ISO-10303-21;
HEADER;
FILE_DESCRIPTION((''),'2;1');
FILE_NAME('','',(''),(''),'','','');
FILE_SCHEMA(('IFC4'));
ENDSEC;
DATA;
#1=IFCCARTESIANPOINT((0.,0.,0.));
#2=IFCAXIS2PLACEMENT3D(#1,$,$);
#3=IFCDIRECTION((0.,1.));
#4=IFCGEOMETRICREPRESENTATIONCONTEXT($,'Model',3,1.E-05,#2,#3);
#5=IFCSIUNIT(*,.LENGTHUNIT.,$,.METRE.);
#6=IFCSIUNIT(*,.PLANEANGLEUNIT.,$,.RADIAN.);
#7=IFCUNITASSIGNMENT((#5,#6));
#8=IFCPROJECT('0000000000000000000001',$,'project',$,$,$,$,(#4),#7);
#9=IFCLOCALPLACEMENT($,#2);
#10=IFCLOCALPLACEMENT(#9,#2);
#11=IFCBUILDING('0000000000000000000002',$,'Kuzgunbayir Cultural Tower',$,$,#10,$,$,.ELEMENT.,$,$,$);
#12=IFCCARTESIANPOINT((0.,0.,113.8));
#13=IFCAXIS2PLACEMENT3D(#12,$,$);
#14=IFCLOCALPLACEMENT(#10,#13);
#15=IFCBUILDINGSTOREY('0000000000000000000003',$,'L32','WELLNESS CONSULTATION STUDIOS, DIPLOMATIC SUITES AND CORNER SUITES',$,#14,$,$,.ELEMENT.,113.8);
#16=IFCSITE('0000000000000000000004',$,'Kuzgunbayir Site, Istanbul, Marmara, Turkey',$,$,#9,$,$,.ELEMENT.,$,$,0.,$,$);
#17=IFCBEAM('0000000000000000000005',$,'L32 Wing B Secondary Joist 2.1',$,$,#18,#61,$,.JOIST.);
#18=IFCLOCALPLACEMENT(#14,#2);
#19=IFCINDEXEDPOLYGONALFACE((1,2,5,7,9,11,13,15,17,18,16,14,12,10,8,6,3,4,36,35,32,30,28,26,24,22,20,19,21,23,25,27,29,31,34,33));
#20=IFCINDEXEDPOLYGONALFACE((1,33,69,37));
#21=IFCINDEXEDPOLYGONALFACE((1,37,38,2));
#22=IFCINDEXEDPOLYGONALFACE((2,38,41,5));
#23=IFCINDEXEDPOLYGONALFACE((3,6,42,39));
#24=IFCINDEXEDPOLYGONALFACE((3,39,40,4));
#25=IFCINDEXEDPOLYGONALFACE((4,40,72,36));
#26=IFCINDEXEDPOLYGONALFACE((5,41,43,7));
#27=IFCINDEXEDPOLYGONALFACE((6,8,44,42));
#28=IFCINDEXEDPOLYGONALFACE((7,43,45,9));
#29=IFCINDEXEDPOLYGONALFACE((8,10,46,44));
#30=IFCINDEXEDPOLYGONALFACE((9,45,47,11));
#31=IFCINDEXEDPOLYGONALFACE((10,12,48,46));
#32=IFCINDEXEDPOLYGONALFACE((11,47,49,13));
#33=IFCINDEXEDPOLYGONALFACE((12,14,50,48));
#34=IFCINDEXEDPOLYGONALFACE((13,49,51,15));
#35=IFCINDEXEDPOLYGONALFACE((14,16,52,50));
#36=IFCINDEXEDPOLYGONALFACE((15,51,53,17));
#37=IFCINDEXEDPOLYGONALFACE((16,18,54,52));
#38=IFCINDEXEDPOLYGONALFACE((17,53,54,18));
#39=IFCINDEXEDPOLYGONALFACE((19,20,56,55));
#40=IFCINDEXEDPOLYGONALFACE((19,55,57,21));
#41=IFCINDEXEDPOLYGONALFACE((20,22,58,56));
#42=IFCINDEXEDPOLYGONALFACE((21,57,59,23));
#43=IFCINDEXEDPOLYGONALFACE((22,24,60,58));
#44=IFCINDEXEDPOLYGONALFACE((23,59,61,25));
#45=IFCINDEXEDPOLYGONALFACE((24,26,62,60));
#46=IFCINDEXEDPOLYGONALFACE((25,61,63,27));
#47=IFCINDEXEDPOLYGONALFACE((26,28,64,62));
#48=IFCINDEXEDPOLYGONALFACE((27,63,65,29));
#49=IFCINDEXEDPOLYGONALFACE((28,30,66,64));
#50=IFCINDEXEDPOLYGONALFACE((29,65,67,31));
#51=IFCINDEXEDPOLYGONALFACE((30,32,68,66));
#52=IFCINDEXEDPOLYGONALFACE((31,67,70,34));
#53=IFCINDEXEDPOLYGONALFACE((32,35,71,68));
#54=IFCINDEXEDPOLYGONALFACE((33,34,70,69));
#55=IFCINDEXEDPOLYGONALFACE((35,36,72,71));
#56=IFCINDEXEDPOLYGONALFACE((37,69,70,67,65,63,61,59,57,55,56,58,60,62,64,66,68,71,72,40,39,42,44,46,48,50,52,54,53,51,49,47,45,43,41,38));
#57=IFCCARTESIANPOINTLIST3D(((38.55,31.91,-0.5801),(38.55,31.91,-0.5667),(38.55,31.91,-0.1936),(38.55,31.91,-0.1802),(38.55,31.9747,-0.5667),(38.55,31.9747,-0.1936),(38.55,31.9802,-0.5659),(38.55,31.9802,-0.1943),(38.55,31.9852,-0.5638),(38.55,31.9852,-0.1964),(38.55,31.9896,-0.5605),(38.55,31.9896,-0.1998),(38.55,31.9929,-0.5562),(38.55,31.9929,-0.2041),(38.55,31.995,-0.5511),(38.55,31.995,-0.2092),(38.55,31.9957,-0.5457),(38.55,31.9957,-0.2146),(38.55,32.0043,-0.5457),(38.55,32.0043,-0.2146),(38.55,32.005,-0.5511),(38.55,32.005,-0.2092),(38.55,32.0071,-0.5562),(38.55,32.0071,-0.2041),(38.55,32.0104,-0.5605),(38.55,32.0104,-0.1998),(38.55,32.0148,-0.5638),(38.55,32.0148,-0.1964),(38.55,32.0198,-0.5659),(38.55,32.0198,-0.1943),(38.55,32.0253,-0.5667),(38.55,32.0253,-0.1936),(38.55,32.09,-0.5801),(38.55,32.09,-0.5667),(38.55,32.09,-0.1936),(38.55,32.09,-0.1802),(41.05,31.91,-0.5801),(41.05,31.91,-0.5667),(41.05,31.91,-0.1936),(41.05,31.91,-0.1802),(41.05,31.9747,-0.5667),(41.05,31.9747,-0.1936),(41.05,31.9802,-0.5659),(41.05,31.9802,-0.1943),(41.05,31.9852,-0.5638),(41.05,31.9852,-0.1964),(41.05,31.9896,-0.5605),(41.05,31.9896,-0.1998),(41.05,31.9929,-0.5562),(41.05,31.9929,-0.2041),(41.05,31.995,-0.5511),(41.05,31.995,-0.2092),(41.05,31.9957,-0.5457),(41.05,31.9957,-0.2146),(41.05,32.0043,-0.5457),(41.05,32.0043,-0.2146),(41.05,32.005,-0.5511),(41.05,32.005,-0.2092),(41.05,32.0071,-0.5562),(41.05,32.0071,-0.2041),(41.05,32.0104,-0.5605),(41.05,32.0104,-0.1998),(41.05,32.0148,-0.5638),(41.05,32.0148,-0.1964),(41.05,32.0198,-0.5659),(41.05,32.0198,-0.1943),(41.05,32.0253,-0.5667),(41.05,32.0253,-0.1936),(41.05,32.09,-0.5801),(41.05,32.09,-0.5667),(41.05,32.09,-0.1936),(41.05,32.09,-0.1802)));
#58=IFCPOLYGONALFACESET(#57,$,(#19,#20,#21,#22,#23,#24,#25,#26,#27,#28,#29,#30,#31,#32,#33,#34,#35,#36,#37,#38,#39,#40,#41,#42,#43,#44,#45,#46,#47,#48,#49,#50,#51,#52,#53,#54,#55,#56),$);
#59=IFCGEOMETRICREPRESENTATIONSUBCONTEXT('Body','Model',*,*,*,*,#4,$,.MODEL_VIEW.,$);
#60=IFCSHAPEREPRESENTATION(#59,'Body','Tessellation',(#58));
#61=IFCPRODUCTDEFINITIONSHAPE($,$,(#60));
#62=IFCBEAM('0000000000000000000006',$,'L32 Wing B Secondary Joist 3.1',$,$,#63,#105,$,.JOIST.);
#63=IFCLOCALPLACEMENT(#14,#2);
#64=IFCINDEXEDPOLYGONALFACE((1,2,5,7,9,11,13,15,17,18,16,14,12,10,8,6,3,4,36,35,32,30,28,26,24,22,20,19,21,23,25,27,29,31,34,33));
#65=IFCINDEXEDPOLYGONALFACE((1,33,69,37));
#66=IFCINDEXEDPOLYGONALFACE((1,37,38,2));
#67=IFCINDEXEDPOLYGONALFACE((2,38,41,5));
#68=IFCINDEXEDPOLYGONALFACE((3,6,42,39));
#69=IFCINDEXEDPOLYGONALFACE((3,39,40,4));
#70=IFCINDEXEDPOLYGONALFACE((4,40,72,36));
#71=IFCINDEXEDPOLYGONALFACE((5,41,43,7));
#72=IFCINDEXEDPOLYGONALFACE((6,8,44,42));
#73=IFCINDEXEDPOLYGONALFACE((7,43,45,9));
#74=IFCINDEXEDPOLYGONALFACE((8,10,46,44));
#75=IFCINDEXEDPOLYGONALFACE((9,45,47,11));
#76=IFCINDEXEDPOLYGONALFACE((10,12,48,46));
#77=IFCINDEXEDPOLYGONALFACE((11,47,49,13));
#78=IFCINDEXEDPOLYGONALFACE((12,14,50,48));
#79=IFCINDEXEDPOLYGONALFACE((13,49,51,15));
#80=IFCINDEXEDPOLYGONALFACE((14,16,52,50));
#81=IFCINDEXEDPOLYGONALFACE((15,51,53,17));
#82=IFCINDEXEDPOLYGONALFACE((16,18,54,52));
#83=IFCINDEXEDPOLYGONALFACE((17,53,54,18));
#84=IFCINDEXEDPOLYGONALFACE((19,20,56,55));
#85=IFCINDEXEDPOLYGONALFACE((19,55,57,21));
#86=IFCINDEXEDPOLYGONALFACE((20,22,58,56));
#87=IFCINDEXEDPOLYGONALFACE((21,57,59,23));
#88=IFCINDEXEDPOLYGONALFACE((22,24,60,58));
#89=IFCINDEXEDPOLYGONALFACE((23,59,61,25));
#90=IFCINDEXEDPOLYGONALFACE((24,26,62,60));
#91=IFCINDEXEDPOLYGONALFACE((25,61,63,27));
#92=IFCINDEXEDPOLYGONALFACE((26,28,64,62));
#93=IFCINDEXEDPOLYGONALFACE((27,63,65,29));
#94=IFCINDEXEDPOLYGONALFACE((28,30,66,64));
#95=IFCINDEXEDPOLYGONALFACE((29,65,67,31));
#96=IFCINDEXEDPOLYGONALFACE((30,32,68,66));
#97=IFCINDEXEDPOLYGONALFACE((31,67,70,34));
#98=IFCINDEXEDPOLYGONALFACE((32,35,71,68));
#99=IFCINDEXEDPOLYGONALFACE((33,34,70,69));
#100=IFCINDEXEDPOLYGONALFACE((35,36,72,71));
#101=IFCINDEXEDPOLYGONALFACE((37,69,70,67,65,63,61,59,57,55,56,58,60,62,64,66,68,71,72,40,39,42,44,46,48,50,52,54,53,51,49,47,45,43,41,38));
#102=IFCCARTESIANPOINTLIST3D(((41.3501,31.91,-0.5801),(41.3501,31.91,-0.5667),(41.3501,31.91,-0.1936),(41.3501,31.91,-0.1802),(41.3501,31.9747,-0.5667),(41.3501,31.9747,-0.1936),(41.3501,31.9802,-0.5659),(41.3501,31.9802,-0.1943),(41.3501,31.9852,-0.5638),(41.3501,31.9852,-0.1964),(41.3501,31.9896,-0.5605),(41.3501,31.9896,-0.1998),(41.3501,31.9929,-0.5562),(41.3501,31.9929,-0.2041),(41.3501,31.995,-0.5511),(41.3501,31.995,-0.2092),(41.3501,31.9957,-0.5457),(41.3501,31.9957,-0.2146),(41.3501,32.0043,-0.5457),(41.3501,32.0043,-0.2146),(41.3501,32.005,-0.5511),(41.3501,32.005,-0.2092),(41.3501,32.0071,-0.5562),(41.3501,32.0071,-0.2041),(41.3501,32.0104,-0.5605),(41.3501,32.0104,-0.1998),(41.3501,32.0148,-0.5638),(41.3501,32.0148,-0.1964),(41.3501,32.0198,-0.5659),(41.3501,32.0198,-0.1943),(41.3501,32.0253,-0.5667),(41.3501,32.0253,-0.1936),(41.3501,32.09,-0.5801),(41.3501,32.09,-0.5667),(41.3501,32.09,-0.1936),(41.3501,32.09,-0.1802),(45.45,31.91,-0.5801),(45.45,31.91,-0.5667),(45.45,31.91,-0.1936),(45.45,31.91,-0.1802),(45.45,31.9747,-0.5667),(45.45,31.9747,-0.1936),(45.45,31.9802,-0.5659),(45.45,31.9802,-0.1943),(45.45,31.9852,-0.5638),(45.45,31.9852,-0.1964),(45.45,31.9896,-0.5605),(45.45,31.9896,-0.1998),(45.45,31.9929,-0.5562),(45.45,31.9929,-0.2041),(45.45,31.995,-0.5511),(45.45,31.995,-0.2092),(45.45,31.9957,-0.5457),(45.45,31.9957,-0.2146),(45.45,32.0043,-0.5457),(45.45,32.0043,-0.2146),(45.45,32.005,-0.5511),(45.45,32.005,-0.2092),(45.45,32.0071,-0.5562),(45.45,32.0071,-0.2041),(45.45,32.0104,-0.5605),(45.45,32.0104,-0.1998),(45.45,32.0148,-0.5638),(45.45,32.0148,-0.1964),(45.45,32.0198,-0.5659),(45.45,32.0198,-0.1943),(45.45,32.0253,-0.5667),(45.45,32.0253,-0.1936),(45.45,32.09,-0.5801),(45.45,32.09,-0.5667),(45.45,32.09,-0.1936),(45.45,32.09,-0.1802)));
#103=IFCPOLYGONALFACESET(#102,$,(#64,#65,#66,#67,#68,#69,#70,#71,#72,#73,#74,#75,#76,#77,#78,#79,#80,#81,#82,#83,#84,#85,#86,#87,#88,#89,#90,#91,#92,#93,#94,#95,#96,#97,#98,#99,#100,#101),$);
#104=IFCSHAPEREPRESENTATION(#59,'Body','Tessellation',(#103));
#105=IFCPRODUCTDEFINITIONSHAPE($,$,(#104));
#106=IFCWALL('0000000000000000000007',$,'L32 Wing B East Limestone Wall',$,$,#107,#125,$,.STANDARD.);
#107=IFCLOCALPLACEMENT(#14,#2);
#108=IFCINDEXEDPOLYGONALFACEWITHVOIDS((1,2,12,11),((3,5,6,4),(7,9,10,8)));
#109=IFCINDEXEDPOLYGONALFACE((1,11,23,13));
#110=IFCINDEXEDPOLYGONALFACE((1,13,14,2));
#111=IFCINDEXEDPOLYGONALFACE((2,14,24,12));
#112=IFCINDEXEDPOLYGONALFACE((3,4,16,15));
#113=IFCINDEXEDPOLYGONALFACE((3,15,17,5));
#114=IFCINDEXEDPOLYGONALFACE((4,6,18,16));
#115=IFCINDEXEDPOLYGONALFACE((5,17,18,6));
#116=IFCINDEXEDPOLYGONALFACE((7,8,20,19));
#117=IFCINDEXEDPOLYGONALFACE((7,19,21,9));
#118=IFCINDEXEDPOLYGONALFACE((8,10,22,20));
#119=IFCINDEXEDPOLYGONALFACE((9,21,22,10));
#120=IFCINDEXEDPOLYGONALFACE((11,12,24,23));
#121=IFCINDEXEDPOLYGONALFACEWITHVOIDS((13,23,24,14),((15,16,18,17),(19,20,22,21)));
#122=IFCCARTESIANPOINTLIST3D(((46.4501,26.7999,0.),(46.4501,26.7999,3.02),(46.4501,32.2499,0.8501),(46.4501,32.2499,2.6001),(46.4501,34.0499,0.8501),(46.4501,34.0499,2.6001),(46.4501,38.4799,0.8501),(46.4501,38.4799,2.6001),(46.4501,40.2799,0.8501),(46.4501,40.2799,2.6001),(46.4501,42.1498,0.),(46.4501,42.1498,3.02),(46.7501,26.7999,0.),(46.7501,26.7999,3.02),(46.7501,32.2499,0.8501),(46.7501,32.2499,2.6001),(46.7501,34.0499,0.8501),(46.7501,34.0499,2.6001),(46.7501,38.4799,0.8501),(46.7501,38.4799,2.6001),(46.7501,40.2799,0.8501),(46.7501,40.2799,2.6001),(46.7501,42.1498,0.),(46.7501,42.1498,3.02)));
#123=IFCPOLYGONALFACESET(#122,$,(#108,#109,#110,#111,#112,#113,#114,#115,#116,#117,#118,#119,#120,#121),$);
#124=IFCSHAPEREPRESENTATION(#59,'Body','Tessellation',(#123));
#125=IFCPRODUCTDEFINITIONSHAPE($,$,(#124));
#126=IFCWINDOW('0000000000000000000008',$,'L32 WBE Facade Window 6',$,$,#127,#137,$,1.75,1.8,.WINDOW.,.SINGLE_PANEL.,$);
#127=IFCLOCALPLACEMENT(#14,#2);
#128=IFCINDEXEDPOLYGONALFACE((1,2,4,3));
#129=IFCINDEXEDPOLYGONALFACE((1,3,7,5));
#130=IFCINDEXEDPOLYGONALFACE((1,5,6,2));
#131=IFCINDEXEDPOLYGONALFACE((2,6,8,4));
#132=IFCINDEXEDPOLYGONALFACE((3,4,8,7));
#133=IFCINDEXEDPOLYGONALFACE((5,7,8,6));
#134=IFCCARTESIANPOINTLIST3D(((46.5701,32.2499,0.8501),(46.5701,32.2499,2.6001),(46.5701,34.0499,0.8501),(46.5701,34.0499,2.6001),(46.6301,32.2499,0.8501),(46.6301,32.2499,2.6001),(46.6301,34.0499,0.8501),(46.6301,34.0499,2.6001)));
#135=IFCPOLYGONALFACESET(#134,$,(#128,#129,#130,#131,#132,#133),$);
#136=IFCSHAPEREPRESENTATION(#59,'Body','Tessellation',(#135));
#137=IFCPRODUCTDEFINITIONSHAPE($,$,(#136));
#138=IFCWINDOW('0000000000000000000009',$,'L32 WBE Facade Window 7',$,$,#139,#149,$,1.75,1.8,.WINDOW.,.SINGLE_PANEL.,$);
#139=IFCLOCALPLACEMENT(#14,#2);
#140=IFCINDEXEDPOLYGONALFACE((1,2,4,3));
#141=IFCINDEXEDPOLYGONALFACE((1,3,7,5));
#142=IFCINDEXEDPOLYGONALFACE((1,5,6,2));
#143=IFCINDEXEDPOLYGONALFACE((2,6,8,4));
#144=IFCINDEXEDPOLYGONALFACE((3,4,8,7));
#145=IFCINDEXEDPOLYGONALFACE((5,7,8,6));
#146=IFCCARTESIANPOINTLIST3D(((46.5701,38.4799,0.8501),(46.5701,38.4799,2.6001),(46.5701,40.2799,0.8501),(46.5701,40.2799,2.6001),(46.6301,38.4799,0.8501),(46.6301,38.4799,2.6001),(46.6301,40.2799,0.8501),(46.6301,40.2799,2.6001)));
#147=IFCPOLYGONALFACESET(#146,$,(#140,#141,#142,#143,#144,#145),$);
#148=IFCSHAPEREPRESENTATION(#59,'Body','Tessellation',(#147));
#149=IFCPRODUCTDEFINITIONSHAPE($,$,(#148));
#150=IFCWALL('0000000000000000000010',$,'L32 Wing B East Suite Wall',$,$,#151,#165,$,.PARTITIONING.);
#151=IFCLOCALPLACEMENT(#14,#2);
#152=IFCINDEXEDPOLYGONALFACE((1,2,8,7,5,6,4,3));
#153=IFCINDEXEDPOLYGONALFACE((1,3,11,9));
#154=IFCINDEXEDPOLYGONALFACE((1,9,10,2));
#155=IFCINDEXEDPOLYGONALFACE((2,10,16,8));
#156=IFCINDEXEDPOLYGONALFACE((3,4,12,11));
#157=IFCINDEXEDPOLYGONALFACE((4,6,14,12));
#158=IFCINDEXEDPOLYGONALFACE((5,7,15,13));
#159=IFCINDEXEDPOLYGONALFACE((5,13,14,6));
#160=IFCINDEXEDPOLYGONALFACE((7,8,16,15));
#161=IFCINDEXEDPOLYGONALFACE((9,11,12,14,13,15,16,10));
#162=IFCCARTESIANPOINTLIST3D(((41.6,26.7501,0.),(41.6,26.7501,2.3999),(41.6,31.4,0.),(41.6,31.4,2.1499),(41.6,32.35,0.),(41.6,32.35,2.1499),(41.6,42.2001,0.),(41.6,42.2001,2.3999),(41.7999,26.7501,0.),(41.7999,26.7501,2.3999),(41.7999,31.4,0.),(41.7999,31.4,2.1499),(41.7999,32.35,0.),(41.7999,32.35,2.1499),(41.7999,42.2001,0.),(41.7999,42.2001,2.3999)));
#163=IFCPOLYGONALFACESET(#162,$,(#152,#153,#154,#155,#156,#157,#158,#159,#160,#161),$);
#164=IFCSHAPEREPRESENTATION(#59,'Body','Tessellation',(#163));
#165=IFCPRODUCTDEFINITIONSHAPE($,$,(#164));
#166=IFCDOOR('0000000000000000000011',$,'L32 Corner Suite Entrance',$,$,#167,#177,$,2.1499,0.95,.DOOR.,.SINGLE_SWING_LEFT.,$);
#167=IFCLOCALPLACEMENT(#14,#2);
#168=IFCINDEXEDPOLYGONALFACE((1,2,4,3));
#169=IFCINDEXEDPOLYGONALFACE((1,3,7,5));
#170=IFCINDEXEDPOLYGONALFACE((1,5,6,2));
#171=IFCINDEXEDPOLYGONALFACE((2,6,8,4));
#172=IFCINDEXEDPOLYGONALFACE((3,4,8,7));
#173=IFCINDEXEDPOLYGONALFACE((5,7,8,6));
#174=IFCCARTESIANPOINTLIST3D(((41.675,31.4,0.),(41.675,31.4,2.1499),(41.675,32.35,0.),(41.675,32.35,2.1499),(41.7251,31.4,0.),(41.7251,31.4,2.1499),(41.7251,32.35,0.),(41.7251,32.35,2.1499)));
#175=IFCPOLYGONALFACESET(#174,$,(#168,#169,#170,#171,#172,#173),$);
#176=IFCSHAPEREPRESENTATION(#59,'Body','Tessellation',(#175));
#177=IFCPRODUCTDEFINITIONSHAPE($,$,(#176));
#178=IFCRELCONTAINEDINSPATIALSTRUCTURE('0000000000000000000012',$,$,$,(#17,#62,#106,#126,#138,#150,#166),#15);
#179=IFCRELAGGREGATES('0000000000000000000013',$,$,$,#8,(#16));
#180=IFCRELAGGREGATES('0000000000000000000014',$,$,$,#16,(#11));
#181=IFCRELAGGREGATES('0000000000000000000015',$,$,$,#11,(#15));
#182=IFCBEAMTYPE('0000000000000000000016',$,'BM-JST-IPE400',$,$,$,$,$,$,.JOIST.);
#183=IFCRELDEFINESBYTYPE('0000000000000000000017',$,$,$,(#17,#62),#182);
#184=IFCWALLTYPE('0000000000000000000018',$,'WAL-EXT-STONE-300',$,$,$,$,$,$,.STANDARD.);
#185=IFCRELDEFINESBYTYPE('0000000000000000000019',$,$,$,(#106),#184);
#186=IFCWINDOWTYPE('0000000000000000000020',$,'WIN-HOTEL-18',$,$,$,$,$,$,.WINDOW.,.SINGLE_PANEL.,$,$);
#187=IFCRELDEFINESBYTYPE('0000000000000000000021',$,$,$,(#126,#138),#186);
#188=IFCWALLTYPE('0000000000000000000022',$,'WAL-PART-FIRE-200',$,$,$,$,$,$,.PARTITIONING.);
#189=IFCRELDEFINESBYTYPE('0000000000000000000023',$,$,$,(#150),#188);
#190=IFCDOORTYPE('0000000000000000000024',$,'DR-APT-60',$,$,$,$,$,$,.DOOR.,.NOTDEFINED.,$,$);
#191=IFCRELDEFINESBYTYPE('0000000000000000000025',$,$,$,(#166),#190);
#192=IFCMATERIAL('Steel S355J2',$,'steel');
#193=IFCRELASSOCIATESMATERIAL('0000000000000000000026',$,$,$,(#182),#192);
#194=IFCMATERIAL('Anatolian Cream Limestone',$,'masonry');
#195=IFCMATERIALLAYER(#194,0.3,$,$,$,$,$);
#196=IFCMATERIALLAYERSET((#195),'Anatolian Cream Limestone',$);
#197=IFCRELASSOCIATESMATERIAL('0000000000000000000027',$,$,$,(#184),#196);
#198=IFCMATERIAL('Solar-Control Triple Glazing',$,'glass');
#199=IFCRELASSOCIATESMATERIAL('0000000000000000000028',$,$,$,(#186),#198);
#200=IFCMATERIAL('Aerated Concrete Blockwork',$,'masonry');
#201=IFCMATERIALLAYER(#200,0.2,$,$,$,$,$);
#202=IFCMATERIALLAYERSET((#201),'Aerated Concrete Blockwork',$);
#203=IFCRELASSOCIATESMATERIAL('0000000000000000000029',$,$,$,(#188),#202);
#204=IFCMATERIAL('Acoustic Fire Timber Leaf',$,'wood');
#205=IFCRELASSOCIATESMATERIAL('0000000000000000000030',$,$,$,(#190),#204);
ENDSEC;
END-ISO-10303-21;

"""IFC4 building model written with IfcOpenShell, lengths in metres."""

from ifc_helpers import new_model, si_unit, direction, frame, frame_2d, origin, origin_2d, place, context, subcontext, project, spatial, rectangle, i_section, extrude, material, layer, layer_set, material_profile, profile_set, type_object, element, fill, save


model = new_model("IFC4")

# Units and contexts
model_context = context("Model", 3, precision=1e-05, world=origin(), true_north=direction((0.0, 1.0)))
body_context = subcontext(model_context, "Body", "Model", "MODEL_VIEW")
ifc_project = project(units=[si_unit("LENGTHUNIT", "METRE"), si_unit("PLANEANGLEUNIT", "RADIAN")], contexts=[model_context])

# Site, building, storey
site_placement = place(None, origin())
site = spatial("IfcSite", under=ifc_project, at=site_placement, Name="Kuzgunbayir Site, Istanbul, Marmara, Turkey", CompositionType="ELEMENT", RefElevation=0.0)
building_placement = place(site_placement, origin())
building = spatial("IfcBuilding", under=site, at=building_placement, Name="Kuzgunbayir Cultural Tower", CompositionType="ELEMENT")
storey_placement = place(building_placement, frame((0.0, 0.0, 113.8)))
storey = spatial("IfcBuildingStorey", under=building, at=storey_placement, Name="L32", Description="WELLNESS CONSULTATION STUDIOS, DIPLOMATIC SUITES AND CORNER SUITES", CompositionType="ELEMENT", Elevation=113.8)

# Beams
ifc_material_1 = material(Name="Steel S355J2", Category="steel")
ifc_material_profile_1 = material_profile(ifc_material_1, i_section(OverallWidth=0.1799, OverallDepth=0.3999, WebThickness=0.0085, FlangeThickness=0.0134, FilletRadius=0.021, at=origin_2d()), Name="IPE 400")
ifc_profile_set_1 = profile_set([ifc_material_profile_1], Name="Steel S355J2")
beam_type_1 = type_object("IfcBeamType", Name="BM-JST-IPE400", PredefinedType="JOIST", material=ifc_profile_set_1)
beam_1_placement = place(storey_placement, frame((38.55, 32.0, -0.3801), z_axis=(1.0, 0.0, 0.0), x_axis=(0.0, 1.0, 0.0)))
element("IfcBeam", 1, at=beam_1_placement, inside=storey, type_object=beam_type_1, Name="L32 Wing B Secondary Joist 2.1", PredefinedType="JOIST", context=body_context, shape_type="SweptSolid", body=[
    extrude(i_section(OverallWidth=0.1799, OverallDepth=0.3999, WebThickness=0.0085, FlangeThickness=0.0134, FilletRadius=0.021, at=origin_2d()), origin(), (0.0, 0.0, 1.0), 2.5),
])
beam_2_placement = place(storey_placement, frame((41.3501, 32.0, -0.3801), z_axis=(1.0, 0.0, 0.0), x_axis=(0.0, 1.0, 0.0)))
element("IfcBeam", 2, at=beam_2_placement, inside=storey, type_object=beam_type_1, Name="L32 Wing B Secondary Joist 3.1", PredefinedType="JOIST", context=body_context, shape_type="SweptSolid", body=[
    extrude(i_section(OverallWidth=0.1799, OverallDepth=0.3999, WebThickness=0.0085, FlangeThickness=0.0134, FilletRadius=0.021, at=origin_2d()), origin(), (0.0, 0.0, 1.0), 4.0999),
])

# Wall, openings, windows
ifc_material_2 = material(Name="Anatolian Cream Limestone", Category="masonry")
ifc_layer_1 = layer(ifc_material_2, 0.3)
ifc_layer_set_1 = layer_set([ifc_layer_1], Name="Anatolian Cream Limestone")
wall_type_1 = type_object("IfcWallType", Name="WAL-EXT-STONE-300", PredefinedType="STANDARD", material=ifc_layer_set_1)
wall_1_placement = place(storey_placement, frame((46.6001, 26.8, 0.0), z_axis=(0.0, 0.0, 1.0), x_axis=(0.0, 1.0, 0.0)))
wall_1 = element("IfcWall", 3, at=wall_1_placement, inside=storey, type_object=wall_type_1, Name="L32 Wing B East Limestone Wall", PredefinedType="STANDARD", context=body_context, shape_type="SweptSolid", body=[
    extrude(rectangle(XDim=15.3499, YDim=0.3, at=frame_2d((7.6748, 0.0))), origin(), (0.0, 0.0, 1.0), 3.02),
])
opening_1_placement = place(wall_1_placement, frame((5.45, 0.0, 0.8501)))
opening_1 = element("IfcOpeningElement", 4, at=opening_1_placement, cuts=wall_1, PredefinedType="OPENING", context=body_context, shape_type="SweptSolid", body=[
    extrude(rectangle(XDim=1.8, YDim=1.75, at=frame_2d((0.8999, 0.875))), frame((0.0, 0.1602, 0.0), z_axis=(0.0, -1.0, 0.0), x_axis=(1.0, 0.0, 0.0)), (0.0, 0.0, 1.0), 0.3201),
])
opening_2_placement = place(wall_1_placement, frame((11.6799, 0.0, 0.8501)))
opening_2 = element("IfcOpeningElement", 5, at=opening_2_placement, cuts=wall_1, PredefinedType="OPENING", context=body_context, shape_type="SweptSolid", body=[
    extrude(rectangle(XDim=1.8, YDim=1.75, at=frame_2d((0.8999, 0.875))), frame((0.0, 0.1602, 0.0), z_axis=(0.0, -1.0, 0.0), x_axis=(1.0, 0.0, 0.0)), (0.0, 0.0, 1.0), 0.3201),
])
ifc_material_3 = material(Name="Solar-Control Triple Glazing", Category="glass")
window_type = type_object("IfcWindowType", Name="WIN-HOTEL-18", PartitioningType="SINGLE_PANEL", PredefinedType="WINDOW", material=ifc_material_3)
window_1_placement = place(opening_1_placement, origin())
window_1 = element("IfcWindow", 6, at=window_1_placement, inside=storey, type_object=window_type, Name="L32 WBE Facade Window 6", OverallHeight=1.75, OverallWidth=1.8, PartitioningType="SINGLE_PANEL", PredefinedType="WINDOW", context=body_context, shape_type="SweptSolid", body=[
    extrude(rectangle(XDim=1.8, YDim=1.75, at=frame_2d((0.8999, 0.875))), frame((0.0, 0.03, 0.0), z_axis=(0.0, -1.0, 0.0), x_axis=(1.0, 0.0, 0.0)), (0.0, 0.0, 1.0), 0.0601),
])
fill(opening_1, window_1)
window_2_placement = place(opening_2_placement, origin())
window_2 = element("IfcWindow", 7, at=window_2_placement, inside=storey, type_object=window_type, Name="L32 WBE Facade Window 7", OverallHeight=1.75, OverallWidth=1.8, PartitioningType="SINGLE_PANEL", PredefinedType="WINDOW", context=body_context, shape_type="SweptSolid", body=[
    extrude(rectangle(XDim=1.8, YDim=1.75, at=frame_2d((0.8999, 0.875))), frame((0.0, 0.03, 0.0), z_axis=(0.0, -1.0, 0.0), x_axis=(1.0, 0.0, 0.0)), (0.0, 0.0, 1.0), 0.0601),
])
fill(opening_2, window_2)

# Wall, opening, door
ifc_material_4 = material(Name="Aerated Concrete Blockwork", Category="masonry")
ifc_layer_2 = layer(ifc_material_4, 0.2)
ifc_layer_set_2 = layer_set([ifc_layer_2], Name="Aerated Concrete Blockwork")
wall_type_2 = type_object("IfcWallType", Name="WAL-PART-FIRE-200", PredefinedType="PARTITIONING", material=ifc_layer_set_2)
wall_2_placement = place(storey_placement, frame((41.7, 26.75, 0.0), z_axis=(0.0, 0.0, 1.0), x_axis=(0.0, 1.0, 0.0)))
wall_2 = element("IfcWall", 8, at=wall_2_placement, inside=storey, type_object=wall_type_2, Name="L32 Wing B East Suite Wall", PredefinedType="PARTITIONING", context=body_context, shape_type="SweptSolid", body=[
    extrude(rectangle(XDim=15.45, YDim=0.2, at=frame_2d((7.7251, 0.0))), origin(), (0.0, 0.0, 1.0), 2.3999),
])
opening_3_placement = place(wall_2_placement, frame((4.6499, 0.0, 0.0)))
opening_3 = element("IfcOpeningElement", 9, at=opening_3_placement, cuts=wall_2, PredefinedType="OPENING", context=body_context, shape_type="SweptSolid", body=[
    extrude(rectangle(XDim=0.95, YDim=2.1499, at=frame_2d((0.4751, 1.075))), frame((0.0, 0.1099, 0.0), z_axis=(0.0, -1.0, 0.0), x_axis=(1.0, 0.0, 0.0)), (0.0, 0.0, 1.0), 0.22),
])
ifc_material_5 = material(Name="Acoustic Fire Timber Leaf", Category="wood")
door_type_1 = type_object("IfcDoorType", Name="DR-APT-60", OperationType="NOTDEFINED", PredefinedType="DOOR", material=ifc_material_5)
door_1_placement = place(opening_3_placement, origin())
door_1 = element("IfcDoor", 10, at=door_1_placement, inside=storey, type_object=door_type_1, Name="L32 Corner Suite Entrance", OperationType="SINGLE_SWING_LEFT", OverallHeight=2.1499, OverallWidth=0.95, PredefinedType="DOOR", context=body_context, shape_type="SweptSolid", body=[
    extrude(rectangle(XDim=0.95, YDim=2.1499, at=frame_2d((0.4751, 1.075))), frame((0.0, 0.0249, 0.0), z_axis=(0.0, -1.0, 0.0), x_axis=(1.0, 0.0, 0.0)), (0.0, 0.0, 1.0), 0.05),
])
fill(opening_3, door_1)

save(model, "model.ifc")
